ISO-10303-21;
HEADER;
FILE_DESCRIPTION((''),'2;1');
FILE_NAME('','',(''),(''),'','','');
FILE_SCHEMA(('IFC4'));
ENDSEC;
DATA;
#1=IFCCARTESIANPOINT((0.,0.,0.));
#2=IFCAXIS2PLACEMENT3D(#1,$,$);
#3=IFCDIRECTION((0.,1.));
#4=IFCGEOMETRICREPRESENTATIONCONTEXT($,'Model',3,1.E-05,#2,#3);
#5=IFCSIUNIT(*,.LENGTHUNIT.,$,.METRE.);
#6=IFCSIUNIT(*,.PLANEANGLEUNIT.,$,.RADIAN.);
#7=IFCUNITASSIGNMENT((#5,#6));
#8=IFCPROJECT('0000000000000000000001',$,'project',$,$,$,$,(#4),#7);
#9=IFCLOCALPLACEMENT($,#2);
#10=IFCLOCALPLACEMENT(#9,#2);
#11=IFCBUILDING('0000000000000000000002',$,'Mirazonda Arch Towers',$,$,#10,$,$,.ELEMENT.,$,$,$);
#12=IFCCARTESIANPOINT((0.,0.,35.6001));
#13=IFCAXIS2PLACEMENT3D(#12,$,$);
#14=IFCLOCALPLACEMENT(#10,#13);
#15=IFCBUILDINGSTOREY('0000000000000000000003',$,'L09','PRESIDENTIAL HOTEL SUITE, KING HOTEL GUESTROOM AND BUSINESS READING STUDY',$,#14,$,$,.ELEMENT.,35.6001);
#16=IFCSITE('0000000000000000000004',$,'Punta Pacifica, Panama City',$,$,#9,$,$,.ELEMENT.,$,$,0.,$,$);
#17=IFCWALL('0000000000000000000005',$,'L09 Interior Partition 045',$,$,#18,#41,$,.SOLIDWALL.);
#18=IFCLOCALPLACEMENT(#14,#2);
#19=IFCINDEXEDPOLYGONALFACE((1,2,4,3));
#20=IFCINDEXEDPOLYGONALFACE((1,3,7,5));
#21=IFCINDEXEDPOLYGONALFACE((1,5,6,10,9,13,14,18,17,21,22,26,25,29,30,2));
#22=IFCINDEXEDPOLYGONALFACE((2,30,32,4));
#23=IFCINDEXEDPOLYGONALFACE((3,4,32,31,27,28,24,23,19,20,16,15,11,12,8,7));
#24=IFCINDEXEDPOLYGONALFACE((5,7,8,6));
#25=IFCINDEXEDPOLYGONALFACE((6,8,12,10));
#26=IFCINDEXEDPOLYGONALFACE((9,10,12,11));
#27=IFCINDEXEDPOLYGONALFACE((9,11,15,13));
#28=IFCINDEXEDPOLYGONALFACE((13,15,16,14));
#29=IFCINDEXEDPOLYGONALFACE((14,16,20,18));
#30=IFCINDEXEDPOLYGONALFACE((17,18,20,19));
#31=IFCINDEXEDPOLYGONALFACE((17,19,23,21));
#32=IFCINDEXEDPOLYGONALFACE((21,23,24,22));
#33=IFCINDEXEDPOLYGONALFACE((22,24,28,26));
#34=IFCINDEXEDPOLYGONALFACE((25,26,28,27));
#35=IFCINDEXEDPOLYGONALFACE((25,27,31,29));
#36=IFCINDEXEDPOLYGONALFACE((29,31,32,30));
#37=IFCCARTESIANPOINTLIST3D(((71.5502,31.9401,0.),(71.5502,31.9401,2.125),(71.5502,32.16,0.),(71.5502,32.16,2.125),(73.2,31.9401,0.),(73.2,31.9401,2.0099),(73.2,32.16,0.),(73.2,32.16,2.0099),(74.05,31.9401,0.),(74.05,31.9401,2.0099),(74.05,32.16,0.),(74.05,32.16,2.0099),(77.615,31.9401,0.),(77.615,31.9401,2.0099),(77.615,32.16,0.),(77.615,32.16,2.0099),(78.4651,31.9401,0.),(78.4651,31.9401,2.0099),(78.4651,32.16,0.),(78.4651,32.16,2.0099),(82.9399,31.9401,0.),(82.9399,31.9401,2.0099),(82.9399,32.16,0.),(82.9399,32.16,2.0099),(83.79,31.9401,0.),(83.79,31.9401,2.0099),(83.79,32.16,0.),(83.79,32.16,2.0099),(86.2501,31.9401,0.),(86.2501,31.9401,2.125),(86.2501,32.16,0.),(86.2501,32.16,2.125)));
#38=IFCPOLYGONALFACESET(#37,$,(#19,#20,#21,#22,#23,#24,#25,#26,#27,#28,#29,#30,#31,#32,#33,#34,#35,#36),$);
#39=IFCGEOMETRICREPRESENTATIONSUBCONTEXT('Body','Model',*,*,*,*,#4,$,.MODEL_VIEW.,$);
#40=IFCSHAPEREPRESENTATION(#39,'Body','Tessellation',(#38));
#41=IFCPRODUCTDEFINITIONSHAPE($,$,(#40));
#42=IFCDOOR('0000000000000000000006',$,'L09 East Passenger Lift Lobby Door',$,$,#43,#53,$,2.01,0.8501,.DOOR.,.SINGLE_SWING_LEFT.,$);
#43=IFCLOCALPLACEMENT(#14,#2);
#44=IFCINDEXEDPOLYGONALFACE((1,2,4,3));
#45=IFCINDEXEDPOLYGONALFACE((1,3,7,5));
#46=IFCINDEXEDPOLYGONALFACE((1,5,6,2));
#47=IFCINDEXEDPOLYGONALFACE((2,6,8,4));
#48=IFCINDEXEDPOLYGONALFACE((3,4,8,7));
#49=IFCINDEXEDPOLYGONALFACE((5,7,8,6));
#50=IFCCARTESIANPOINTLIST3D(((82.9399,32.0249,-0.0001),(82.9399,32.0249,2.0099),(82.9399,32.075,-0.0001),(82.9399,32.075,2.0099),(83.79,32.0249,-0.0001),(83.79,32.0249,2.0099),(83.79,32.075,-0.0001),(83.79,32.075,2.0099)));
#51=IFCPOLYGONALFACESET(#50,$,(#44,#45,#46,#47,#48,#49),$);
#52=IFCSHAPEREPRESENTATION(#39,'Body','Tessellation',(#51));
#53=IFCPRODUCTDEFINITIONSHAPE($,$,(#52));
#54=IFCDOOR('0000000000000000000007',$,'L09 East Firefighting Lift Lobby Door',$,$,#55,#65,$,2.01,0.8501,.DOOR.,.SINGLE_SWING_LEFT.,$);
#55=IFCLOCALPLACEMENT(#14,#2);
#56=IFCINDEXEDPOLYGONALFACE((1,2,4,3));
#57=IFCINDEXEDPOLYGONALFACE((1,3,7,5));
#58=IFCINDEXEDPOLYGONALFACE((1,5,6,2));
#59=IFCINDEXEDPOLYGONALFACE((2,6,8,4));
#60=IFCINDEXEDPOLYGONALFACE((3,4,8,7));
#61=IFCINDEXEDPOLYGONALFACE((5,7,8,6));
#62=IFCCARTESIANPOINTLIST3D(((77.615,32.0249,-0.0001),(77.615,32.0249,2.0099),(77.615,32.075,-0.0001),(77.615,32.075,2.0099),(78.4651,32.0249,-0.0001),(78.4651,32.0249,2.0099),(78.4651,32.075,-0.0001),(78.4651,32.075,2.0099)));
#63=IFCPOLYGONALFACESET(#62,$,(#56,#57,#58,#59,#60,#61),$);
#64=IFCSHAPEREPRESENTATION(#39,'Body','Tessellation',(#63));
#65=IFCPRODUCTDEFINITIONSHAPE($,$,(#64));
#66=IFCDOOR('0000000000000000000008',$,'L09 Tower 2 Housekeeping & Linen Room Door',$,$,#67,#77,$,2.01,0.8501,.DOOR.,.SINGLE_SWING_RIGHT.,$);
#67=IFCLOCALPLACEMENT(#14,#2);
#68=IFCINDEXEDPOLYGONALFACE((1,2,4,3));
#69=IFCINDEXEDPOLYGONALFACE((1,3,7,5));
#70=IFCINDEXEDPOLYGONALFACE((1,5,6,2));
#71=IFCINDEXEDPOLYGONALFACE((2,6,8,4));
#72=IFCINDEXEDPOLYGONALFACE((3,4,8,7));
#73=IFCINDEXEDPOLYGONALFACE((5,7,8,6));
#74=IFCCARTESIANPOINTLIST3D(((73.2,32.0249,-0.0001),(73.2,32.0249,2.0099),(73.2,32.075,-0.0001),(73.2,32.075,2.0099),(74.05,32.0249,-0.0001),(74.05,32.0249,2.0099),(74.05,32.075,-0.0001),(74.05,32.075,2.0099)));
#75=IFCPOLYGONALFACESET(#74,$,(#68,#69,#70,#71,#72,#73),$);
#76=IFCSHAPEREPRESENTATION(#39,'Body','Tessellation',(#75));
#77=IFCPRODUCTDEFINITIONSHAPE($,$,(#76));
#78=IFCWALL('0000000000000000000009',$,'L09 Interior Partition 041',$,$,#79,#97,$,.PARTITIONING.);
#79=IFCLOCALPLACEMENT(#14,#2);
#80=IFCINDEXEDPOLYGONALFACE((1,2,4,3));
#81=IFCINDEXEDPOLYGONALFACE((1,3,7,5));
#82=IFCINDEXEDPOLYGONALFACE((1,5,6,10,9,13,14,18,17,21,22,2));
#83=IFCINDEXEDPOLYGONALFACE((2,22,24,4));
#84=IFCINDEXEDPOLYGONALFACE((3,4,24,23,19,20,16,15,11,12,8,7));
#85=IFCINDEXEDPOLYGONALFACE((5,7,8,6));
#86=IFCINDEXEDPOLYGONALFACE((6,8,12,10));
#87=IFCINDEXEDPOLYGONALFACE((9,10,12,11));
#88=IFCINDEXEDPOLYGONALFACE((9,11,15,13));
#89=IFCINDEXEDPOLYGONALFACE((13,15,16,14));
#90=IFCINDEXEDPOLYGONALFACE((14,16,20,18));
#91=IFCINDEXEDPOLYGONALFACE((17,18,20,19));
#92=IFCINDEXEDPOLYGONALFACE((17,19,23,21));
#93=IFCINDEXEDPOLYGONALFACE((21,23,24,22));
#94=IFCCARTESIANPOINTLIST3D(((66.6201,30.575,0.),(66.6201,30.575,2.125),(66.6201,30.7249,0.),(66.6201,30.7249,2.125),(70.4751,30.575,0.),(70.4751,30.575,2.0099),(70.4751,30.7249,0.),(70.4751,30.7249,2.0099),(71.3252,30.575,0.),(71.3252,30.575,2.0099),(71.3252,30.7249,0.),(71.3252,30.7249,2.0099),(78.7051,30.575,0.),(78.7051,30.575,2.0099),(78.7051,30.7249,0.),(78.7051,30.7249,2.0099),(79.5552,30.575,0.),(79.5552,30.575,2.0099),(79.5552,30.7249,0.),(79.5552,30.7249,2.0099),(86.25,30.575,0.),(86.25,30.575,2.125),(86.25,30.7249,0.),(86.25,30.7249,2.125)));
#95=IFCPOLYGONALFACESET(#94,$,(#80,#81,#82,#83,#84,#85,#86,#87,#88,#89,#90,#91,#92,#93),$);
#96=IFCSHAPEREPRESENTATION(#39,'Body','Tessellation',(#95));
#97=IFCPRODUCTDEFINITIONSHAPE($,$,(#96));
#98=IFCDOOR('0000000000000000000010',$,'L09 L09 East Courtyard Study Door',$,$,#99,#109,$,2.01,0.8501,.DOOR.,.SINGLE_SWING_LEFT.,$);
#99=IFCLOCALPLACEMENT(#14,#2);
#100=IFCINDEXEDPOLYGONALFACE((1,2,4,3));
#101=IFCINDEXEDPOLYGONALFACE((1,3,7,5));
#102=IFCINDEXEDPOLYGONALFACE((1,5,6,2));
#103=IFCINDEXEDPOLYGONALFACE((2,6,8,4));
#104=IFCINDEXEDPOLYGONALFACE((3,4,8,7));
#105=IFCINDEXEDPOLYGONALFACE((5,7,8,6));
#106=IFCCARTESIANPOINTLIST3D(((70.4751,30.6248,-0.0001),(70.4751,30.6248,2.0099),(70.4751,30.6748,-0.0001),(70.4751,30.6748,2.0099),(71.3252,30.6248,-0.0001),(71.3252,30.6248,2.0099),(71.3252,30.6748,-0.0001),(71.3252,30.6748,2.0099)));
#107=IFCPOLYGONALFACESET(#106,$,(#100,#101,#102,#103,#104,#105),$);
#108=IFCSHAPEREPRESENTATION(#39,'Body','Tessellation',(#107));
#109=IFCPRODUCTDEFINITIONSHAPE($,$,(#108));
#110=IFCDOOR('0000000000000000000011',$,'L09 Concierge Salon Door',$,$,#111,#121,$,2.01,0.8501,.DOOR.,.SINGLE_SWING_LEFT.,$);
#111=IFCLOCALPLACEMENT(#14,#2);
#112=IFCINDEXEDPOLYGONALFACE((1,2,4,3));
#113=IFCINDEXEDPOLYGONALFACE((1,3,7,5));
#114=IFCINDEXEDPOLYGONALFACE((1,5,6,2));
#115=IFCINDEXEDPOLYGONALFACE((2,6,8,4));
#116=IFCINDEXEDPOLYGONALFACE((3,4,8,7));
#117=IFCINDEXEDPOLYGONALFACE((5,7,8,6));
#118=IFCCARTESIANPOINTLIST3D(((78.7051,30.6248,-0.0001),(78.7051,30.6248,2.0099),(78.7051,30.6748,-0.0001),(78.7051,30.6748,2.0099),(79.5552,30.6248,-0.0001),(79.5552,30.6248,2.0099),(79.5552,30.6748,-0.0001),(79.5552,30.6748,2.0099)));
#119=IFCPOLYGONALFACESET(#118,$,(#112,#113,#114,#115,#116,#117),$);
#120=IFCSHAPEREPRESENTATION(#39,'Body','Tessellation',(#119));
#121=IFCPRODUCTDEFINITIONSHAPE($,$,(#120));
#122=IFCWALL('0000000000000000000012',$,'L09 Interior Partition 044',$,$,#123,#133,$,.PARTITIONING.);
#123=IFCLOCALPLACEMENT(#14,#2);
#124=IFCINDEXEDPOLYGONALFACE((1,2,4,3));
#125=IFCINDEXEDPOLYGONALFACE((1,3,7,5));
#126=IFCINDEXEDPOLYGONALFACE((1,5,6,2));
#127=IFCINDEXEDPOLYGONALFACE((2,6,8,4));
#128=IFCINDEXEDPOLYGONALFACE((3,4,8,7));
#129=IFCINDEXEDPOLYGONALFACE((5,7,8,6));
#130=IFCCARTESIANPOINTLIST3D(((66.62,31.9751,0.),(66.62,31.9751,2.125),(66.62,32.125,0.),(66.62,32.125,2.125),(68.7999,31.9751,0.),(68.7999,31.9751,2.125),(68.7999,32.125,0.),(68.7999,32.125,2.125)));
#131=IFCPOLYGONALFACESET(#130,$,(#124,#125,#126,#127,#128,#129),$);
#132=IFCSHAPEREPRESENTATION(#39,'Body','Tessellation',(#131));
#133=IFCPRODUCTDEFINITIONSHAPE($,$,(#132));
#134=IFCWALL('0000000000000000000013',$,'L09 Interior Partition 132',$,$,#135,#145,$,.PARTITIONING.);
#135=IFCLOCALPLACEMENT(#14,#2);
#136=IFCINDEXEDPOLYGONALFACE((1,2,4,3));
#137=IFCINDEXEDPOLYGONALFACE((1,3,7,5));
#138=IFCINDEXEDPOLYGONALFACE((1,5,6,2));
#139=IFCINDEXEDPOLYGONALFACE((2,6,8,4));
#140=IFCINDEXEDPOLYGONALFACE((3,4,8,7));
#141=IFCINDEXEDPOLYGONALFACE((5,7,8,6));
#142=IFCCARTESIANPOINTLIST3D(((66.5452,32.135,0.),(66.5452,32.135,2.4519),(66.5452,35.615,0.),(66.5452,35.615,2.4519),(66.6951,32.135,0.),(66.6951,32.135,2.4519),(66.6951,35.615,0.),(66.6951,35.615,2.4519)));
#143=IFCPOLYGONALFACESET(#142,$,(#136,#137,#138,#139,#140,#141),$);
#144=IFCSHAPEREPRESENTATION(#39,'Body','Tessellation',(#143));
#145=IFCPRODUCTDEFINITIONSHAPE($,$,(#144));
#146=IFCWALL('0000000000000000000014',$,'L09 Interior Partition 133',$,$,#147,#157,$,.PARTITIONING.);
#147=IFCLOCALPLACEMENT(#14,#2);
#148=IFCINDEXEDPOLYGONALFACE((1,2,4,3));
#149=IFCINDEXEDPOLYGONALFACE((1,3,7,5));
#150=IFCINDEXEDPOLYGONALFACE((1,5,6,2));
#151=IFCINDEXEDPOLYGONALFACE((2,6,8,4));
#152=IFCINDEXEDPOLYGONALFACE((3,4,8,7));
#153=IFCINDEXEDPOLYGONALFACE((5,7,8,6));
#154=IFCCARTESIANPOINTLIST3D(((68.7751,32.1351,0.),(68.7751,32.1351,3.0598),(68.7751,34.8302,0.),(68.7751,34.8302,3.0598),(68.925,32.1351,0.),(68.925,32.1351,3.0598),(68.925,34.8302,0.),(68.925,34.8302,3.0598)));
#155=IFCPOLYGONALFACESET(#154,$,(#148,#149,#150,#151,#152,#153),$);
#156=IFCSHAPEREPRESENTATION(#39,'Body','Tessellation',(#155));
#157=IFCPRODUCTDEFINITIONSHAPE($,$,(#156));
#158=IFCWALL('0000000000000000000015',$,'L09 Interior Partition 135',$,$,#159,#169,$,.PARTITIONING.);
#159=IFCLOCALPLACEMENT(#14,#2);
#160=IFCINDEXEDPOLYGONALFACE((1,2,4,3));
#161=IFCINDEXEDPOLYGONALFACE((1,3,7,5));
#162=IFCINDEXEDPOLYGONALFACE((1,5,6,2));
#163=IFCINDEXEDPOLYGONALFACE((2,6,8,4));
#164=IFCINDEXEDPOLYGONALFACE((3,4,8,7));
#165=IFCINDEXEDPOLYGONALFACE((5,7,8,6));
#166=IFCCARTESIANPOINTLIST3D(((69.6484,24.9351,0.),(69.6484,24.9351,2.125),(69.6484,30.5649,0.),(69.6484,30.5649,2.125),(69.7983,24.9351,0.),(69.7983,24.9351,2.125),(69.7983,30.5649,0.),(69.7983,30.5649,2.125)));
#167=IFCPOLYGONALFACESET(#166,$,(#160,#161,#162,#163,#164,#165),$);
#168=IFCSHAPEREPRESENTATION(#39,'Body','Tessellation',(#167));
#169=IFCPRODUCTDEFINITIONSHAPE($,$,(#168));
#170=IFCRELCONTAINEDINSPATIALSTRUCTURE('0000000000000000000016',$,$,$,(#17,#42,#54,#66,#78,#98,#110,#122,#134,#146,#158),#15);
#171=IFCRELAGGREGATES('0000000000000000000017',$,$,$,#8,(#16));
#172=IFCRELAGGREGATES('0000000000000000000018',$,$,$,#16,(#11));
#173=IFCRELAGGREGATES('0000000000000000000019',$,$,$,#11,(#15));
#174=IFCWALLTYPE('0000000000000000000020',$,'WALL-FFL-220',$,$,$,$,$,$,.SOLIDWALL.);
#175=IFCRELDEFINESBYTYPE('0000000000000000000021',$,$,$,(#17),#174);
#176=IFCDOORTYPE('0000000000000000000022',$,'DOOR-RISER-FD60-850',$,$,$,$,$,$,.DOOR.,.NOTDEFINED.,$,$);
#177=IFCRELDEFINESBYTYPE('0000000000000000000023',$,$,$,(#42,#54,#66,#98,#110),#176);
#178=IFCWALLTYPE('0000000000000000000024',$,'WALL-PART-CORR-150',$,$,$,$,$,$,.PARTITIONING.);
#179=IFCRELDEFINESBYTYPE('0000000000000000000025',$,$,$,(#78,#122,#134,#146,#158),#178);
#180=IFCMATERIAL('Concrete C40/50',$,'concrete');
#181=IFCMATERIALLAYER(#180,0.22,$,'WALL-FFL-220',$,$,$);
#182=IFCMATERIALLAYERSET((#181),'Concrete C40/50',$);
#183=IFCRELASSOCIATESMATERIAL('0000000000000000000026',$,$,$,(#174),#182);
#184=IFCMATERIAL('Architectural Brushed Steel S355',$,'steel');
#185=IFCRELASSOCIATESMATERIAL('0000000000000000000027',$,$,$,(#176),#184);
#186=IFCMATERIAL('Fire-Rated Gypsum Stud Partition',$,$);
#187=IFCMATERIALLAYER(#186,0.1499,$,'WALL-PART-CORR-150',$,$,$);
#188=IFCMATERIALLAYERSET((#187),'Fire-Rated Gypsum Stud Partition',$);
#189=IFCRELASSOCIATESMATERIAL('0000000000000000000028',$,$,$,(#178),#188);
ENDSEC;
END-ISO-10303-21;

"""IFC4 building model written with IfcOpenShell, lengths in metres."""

from ifc_helpers import new_model, si_unit, direction, frame, frame_2d, origin, place, context, subcontext, project, spatial, rectangle, extrude, material, layer, layer_set, type_object, element, fill, save


model = new_model("IFC4")

# Units and contexts
model_context = context("Model", 3, precision=1e-05, world=origin(), true_north=direction((0.0, 1.0)))
body_context = subcontext(model_context, "Body", "Model", "MODEL_VIEW")
ifc_project = project(units=[si_unit("LENGTHUNIT", "METRE"), si_unit("PLANEANGLEUNIT", "RADIAN")], contexts=[model_context])

# Site, building, storey
site_placement = place(None, origin())
site = spatial("IfcSite", under=ifc_project, at=site_placement, Name="Punta Pacifica, Panama City", CompositionType="ELEMENT", RefElevation=0.0)
building_placement = place(site_placement, origin())
building = spatial("IfcBuilding", under=site, at=building_placement, Name="Mirazonda Arch Towers", CompositionType="ELEMENT")
storey_placement = place(building_placement, frame((0.0, 0.0, 35.6001)))
storey = spatial("IfcBuildingStorey", under=building, at=storey_placement, Name="L09", Description="PRESIDENTIAL HOTEL SUITE, KING HOTEL GUESTROOM AND BUSINESS READING STUDY", CompositionType="ELEMENT", Elevation=35.6001)

# Walls, openings, doors
ifc_material_1 = material(Name="Architectural Brushed Steel S355", Category="steel")
ifc_material_2 = material(Name="Concrete C40/50", Category="concrete")
ifc_layer_1 = layer(ifc_material_2, 0.22, Name="WALL-FFL-220")
ifc_layer_set_1 = layer_set([ifc_layer_1], Name="Concrete C40/50")
wall_type_1 = type_object("IfcWallType", Name="WALL-FFL-220", PredefinedType="SOLIDWALL", material=ifc_layer_set_1)
wall_1_placement = place(storey_placement, frame((71.55, 32.05, 0.0), z_axis=(0.0, 0.0, 1.0), x_axis=(1.0, 0.0, 0.0)))
wall_1 = element("IfcWall", 1, at=wall_1_placement, inside=storey, type_object=wall_type_1, Name="L09 Interior Partition 045", PredefinedType="SOLIDWALL", context=body_context, shape_type="SweptSolid", body=[
    extrude(rectangle(XDim=14.7, YDim=0.22, at=frame_2d((7.3501, 0.0))), origin(), (0.0, 0.0, 1.0), 2.125),
])
opening_1_placement = place(wall_1_placement, frame((11.3899, 0.0, 0.0)))
opening_1 = element("IfcOpeningElement", 2, at=opening_1_placement, cuts=wall_1, PredefinedType="OPENING", context=body_context, shape_type="SweptSolid", body=[
    extrude(rectangle(XDim=0.8501, YDim=2.01, at=frame_2d((0.425, 1.0049))), frame((0.0, 0.1199, 0.0), z_axis=(0.0, -1.0, 0.0), x_axis=(1.0, 0.0, 0.0)), (0.0, 0.0, 1.0), 0.24),
])
opening_2_placement = place(wall_1_placement, frame((6.0649, 0.0, 0.0)))
opening_2 = element("IfcOpeningElement", 3, at=opening_2_placement, cuts=wall_1, PredefinedType="OPENING", context=body_context, shape_type="SweptSolid", body=[
    extrude(rectangle(XDim=0.8501, YDim=2.01, at=frame_2d((0.425, 1.0049))), frame((0.0, 0.1199, 0.0), z_axis=(0.0, -1.0, 0.0), x_axis=(1.0, 0.0, 0.0)), (0.0, 0.0, 1.0), 0.24),
])
opening_3_placement = place(wall_1_placement, frame((1.6499, 0.0, 0.0)))
opening_3 = element("IfcOpeningElement", 4, at=opening_3_placement, cuts=wall_1, PredefinedType="OPENING", context=body_context, shape_type="SweptSolid", body=[
    extrude(rectangle(XDim=0.8501, YDim=2.01, at=frame_2d((0.425, 1.0049))), frame((0.0, 0.1199, 0.0), z_axis=(0.0, -1.0, 0.0), x_axis=(1.0, 0.0, 0.0)), (0.0, 0.0, 1.0), 0.24),
])
door_type_1 = type_object("IfcDoorType", Name="DOOR-RISER-FD60-850", OperationType="NOTDEFINED", PredefinedType="DOOR", material=ifc_material_1)
door_1_placement = place(opening_1_placement, origin())
door_1 = element("IfcDoor", 5, at=door_1_placement, inside=storey, type_object=door_type_1, Name="L09 East Passenger Lift Lobby Door", OperationType="SINGLE_SWING_LEFT", OverallHeight=2.01, OverallWidth=0.8501, PredefinedType="DOOR", context=body_context, shape_type="SweptSolid", body=[
    extrude(rectangle(XDim=0.8501, YDim=2.01, at=frame_2d((0.425, 1.0049))), frame((0.0, 0.0249, 0.0), z_axis=(0.0, -1.0, 0.0), x_axis=(1.0, 0.0, 0.0)), (0.0, 0.0, 1.0), 0.05),
])
fill(opening_1, door_1)
door_2_placement = place(opening_2_placement, origin())
door_2 = element("IfcDoor", 6, at=door_2_placement, inside=storey, type_object=door_type_1, Name="L09 East Firefighting Lift Lobby Door", OperationType="SINGLE_SWING_LEFT", OverallHeight=2.01, OverallWidth=0.8501, PredefinedType="DOOR", context=body_context, shape_type="SweptSolid", body=[
    extrude(rectangle(XDim=0.8501, YDim=2.01, at=frame_2d((0.425, 1.0049))), frame((0.0, 0.0249, 0.0), z_axis=(0.0, -1.0, 0.0), x_axis=(1.0, 0.0, 0.0)), (0.0, 0.0, 1.0), 0.05),
])
fill(opening_2, door_2)
door_3_placement = place(opening_3_placement, origin())
door_3 = element("IfcDoor", 7, at=door_3_placement, inside=storey, type_object=door_type_1, Name="L09 Tower 2 Housekeeping & Linen Room Door", OperationType="SINGLE_SWING_RIGHT", OverallHeight=2.01, OverallWidth=0.8501, PredefinedType="DOOR", context=body_context, shape_type="SweptSolid", body=[
    extrude(rectangle(XDim=0.8501, YDim=2.01, at=frame_2d((0.425, 1.0049))), frame((0.0, 0.0249, 0.0), z_axis=(0.0, -1.0, 0.0), x_axis=(1.0, 0.0, 0.0)), (0.0, 0.0, 1.0), 0.05),
])
fill(opening_3, door_3)
ifc_material_3 = material(Name="Fire-Rated Gypsum Stud Partition")
ifc_layer_2 = layer(ifc_material_3, 0.1499, Name="WALL-PART-CORR-150")
ifc_layer_set_2 = layer_set([ifc_layer_2], Name="Fire-Rated Gypsum Stud Partition")
wall_type_2 = type_object("IfcWallType", Name="WALL-PART-CORR-150", PredefinedType="PARTITIONING", material=ifc_layer_set_2)
wall_2_placement = place(storey_placement, frame((66.6201, 30.6499, 0.0), z_axis=(0.0, 0.0, 1.0), x_axis=(1.0, 0.0, 0.0)))
wall_2 = element("IfcWall", 8, at=wall_2_placement, inside=storey, type_object=wall_type_2, Name="L09 Interior Partition 041", PredefinedType="PARTITIONING", context=body_context, shape_type="SweptSolid", body=[
    extrude(rectangle(XDim=19.6299, YDim=0.1499, at=frame_2d((9.8149, 0.0))), origin(), (0.0, 0.0, 1.0), 2.125),
])
opening_4_placement = place(wall_2_placement, frame((3.855, 0.0, 0.0)))
opening_4 = element("IfcOpeningElement", 9, at=opening_4_placement, cuts=wall_2, PredefinedType="OPENING", context=body_context, shape_type="SweptSolid", body=[
    extrude(rectangle(XDim=0.8501, YDim=2.01, at=frame_2d((0.425, 1.0049))), frame((0.0, 0.085, 0.0), z_axis=(0.0, -1.0, 0.0), x_axis=(1.0, 0.0, 0.0)), (0.0, 0.0, 1.0), 0.1699),
])
opening_5_placement = place(wall_2_placement, frame((12.085, 0.0, 0.0)))
opening_5 = element("IfcOpeningElement", 10, at=opening_5_placement, cuts=wall_2, PredefinedType="OPENING", context=body_context, shape_type="SweptSolid", body=[
    extrude(rectangle(XDim=0.8501, YDim=2.01, at=frame_2d((0.425, 1.0049))), frame((0.0, 0.085, 0.0), z_axis=(0.0, -1.0, 0.0), x_axis=(1.0, 0.0, 0.0)), (0.0, 0.0, 1.0), 0.1699),
])
door_4_placement = place(opening_4_placement, origin())
door_4 = element("IfcDoor", 11, at=door_4_placement, inside=storey, type_object=door_type_1, Name="L09 L09 East Courtyard Study Door", OperationType="SINGLE_SWING_LEFT", OverallHeight=2.01, OverallWidth=0.8501, PredefinedType="DOOR", context=body_context, shape_type="SweptSolid", body=[
    extrude(rectangle(XDim=0.8501, YDim=2.01, at=frame_2d((0.425, 1.0049))), frame((0.0, 0.0249, 0.0), z_axis=(0.0, -1.0, 0.0), x_axis=(1.0, 0.0, 0.0)), (0.0, 0.0, 1.0), 0.05),
])
fill(opening_4, door_4)
door_5_placement = place(opening_5_placement, origin())
door_5 = element("IfcDoor", 12, at=door_5_placement, inside=storey, type_object=door_type_1, Name="L09 Concierge Salon Door", OperationType="SINGLE_SWING_LEFT", OverallHeight=2.01, OverallWidth=0.8501, PredefinedType="DOOR", context=body_context, shape_type="SweptSolid", body=[
    extrude(rectangle(XDim=0.8501, YDim=2.01, at=frame_2d((0.425, 1.0049))), frame((0.0, 0.0249, 0.0), z_axis=(0.0, -1.0, 0.0), x_axis=(1.0, 0.0, 0.0)), (0.0, 0.0, 1.0), 0.05),
])
fill(opening_5, door_5)

# Wall
wall_3_placement = place(storey_placement, frame((66.6201, 32.05, 0.0), z_axis=(0.0, 0.0, 1.0), x_axis=(1.0, 0.0, 0.0)))
element("IfcWall", 13, at=wall_3_placement, inside=storey, type_object=wall_type_2, Name="L09 Interior Partition 044", PredefinedType="PARTITIONING", context=body_context, shape_type="SweptSolid", body=[
    extrude(rectangle(XDim=2.1799, YDim=0.1499, at=frame_2d((1.0898, 0.0))), origin(), (0.0, 0.0, 1.0), 2.125),
])

# Walls
wall_4_placement = place(storey_placement, frame((66.6201, 32.135, 0.0), z_axis=(0.0, 0.0, 1.0), x_axis=(0.0, 1.0, 0.0)))
element("IfcWall", 14, at=wall_4_placement, inside=storey, type_object=wall_type_2, Name="L09 Interior Partition 132", PredefinedType="PARTITIONING", context=body_context, shape_type="SweptSolid", body=[
    extrude(rectangle(XDim=3.48, YDim=0.1499, at=frame_2d((1.74, 0.0))), origin(), (0.0, 0.0, 1.0), 2.4519),
])
wall_5_placement = place(storey_placement, frame((68.8501, 32.135, 0.0), z_axis=(0.0, 0.0, 1.0), x_axis=(0.0, 1.0, 0.0)))
element("IfcWall", 15, at=wall_5_placement, inside=storey, type_object=wall_type_2, Name="L09 Interior Partition 133", PredefinedType="PARTITIONING", context=body_context, shape_type="SweptSolid", body=[
    extrude(rectangle(XDim=2.6951, YDim=0.1499, at=frame_2d((1.3477, 0.0))), origin(), (0.0, 0.0, 1.0), 3.0598),
])
wall_6_placement = place(storey_placement, frame((69.7234, 24.9351, 0.0), z_axis=(0.0, 0.0, 1.0), x_axis=(0.0, 1.0, 0.0)))
element("IfcWall", 16, at=wall_6_placement, inside=storey, type_object=wall_type_2, Name="L09 Interior Partition 135", PredefinedType="PARTITIONING", context=body_context, shape_type="SweptSolid", body=[
    extrude(rectangle(XDim=5.6299, YDim=0.1499, at=frame_2d((2.8149, 0.0))), origin(), (0.0, 0.0, 1.0), 2.125),
])

save(model, "model.ifc")
